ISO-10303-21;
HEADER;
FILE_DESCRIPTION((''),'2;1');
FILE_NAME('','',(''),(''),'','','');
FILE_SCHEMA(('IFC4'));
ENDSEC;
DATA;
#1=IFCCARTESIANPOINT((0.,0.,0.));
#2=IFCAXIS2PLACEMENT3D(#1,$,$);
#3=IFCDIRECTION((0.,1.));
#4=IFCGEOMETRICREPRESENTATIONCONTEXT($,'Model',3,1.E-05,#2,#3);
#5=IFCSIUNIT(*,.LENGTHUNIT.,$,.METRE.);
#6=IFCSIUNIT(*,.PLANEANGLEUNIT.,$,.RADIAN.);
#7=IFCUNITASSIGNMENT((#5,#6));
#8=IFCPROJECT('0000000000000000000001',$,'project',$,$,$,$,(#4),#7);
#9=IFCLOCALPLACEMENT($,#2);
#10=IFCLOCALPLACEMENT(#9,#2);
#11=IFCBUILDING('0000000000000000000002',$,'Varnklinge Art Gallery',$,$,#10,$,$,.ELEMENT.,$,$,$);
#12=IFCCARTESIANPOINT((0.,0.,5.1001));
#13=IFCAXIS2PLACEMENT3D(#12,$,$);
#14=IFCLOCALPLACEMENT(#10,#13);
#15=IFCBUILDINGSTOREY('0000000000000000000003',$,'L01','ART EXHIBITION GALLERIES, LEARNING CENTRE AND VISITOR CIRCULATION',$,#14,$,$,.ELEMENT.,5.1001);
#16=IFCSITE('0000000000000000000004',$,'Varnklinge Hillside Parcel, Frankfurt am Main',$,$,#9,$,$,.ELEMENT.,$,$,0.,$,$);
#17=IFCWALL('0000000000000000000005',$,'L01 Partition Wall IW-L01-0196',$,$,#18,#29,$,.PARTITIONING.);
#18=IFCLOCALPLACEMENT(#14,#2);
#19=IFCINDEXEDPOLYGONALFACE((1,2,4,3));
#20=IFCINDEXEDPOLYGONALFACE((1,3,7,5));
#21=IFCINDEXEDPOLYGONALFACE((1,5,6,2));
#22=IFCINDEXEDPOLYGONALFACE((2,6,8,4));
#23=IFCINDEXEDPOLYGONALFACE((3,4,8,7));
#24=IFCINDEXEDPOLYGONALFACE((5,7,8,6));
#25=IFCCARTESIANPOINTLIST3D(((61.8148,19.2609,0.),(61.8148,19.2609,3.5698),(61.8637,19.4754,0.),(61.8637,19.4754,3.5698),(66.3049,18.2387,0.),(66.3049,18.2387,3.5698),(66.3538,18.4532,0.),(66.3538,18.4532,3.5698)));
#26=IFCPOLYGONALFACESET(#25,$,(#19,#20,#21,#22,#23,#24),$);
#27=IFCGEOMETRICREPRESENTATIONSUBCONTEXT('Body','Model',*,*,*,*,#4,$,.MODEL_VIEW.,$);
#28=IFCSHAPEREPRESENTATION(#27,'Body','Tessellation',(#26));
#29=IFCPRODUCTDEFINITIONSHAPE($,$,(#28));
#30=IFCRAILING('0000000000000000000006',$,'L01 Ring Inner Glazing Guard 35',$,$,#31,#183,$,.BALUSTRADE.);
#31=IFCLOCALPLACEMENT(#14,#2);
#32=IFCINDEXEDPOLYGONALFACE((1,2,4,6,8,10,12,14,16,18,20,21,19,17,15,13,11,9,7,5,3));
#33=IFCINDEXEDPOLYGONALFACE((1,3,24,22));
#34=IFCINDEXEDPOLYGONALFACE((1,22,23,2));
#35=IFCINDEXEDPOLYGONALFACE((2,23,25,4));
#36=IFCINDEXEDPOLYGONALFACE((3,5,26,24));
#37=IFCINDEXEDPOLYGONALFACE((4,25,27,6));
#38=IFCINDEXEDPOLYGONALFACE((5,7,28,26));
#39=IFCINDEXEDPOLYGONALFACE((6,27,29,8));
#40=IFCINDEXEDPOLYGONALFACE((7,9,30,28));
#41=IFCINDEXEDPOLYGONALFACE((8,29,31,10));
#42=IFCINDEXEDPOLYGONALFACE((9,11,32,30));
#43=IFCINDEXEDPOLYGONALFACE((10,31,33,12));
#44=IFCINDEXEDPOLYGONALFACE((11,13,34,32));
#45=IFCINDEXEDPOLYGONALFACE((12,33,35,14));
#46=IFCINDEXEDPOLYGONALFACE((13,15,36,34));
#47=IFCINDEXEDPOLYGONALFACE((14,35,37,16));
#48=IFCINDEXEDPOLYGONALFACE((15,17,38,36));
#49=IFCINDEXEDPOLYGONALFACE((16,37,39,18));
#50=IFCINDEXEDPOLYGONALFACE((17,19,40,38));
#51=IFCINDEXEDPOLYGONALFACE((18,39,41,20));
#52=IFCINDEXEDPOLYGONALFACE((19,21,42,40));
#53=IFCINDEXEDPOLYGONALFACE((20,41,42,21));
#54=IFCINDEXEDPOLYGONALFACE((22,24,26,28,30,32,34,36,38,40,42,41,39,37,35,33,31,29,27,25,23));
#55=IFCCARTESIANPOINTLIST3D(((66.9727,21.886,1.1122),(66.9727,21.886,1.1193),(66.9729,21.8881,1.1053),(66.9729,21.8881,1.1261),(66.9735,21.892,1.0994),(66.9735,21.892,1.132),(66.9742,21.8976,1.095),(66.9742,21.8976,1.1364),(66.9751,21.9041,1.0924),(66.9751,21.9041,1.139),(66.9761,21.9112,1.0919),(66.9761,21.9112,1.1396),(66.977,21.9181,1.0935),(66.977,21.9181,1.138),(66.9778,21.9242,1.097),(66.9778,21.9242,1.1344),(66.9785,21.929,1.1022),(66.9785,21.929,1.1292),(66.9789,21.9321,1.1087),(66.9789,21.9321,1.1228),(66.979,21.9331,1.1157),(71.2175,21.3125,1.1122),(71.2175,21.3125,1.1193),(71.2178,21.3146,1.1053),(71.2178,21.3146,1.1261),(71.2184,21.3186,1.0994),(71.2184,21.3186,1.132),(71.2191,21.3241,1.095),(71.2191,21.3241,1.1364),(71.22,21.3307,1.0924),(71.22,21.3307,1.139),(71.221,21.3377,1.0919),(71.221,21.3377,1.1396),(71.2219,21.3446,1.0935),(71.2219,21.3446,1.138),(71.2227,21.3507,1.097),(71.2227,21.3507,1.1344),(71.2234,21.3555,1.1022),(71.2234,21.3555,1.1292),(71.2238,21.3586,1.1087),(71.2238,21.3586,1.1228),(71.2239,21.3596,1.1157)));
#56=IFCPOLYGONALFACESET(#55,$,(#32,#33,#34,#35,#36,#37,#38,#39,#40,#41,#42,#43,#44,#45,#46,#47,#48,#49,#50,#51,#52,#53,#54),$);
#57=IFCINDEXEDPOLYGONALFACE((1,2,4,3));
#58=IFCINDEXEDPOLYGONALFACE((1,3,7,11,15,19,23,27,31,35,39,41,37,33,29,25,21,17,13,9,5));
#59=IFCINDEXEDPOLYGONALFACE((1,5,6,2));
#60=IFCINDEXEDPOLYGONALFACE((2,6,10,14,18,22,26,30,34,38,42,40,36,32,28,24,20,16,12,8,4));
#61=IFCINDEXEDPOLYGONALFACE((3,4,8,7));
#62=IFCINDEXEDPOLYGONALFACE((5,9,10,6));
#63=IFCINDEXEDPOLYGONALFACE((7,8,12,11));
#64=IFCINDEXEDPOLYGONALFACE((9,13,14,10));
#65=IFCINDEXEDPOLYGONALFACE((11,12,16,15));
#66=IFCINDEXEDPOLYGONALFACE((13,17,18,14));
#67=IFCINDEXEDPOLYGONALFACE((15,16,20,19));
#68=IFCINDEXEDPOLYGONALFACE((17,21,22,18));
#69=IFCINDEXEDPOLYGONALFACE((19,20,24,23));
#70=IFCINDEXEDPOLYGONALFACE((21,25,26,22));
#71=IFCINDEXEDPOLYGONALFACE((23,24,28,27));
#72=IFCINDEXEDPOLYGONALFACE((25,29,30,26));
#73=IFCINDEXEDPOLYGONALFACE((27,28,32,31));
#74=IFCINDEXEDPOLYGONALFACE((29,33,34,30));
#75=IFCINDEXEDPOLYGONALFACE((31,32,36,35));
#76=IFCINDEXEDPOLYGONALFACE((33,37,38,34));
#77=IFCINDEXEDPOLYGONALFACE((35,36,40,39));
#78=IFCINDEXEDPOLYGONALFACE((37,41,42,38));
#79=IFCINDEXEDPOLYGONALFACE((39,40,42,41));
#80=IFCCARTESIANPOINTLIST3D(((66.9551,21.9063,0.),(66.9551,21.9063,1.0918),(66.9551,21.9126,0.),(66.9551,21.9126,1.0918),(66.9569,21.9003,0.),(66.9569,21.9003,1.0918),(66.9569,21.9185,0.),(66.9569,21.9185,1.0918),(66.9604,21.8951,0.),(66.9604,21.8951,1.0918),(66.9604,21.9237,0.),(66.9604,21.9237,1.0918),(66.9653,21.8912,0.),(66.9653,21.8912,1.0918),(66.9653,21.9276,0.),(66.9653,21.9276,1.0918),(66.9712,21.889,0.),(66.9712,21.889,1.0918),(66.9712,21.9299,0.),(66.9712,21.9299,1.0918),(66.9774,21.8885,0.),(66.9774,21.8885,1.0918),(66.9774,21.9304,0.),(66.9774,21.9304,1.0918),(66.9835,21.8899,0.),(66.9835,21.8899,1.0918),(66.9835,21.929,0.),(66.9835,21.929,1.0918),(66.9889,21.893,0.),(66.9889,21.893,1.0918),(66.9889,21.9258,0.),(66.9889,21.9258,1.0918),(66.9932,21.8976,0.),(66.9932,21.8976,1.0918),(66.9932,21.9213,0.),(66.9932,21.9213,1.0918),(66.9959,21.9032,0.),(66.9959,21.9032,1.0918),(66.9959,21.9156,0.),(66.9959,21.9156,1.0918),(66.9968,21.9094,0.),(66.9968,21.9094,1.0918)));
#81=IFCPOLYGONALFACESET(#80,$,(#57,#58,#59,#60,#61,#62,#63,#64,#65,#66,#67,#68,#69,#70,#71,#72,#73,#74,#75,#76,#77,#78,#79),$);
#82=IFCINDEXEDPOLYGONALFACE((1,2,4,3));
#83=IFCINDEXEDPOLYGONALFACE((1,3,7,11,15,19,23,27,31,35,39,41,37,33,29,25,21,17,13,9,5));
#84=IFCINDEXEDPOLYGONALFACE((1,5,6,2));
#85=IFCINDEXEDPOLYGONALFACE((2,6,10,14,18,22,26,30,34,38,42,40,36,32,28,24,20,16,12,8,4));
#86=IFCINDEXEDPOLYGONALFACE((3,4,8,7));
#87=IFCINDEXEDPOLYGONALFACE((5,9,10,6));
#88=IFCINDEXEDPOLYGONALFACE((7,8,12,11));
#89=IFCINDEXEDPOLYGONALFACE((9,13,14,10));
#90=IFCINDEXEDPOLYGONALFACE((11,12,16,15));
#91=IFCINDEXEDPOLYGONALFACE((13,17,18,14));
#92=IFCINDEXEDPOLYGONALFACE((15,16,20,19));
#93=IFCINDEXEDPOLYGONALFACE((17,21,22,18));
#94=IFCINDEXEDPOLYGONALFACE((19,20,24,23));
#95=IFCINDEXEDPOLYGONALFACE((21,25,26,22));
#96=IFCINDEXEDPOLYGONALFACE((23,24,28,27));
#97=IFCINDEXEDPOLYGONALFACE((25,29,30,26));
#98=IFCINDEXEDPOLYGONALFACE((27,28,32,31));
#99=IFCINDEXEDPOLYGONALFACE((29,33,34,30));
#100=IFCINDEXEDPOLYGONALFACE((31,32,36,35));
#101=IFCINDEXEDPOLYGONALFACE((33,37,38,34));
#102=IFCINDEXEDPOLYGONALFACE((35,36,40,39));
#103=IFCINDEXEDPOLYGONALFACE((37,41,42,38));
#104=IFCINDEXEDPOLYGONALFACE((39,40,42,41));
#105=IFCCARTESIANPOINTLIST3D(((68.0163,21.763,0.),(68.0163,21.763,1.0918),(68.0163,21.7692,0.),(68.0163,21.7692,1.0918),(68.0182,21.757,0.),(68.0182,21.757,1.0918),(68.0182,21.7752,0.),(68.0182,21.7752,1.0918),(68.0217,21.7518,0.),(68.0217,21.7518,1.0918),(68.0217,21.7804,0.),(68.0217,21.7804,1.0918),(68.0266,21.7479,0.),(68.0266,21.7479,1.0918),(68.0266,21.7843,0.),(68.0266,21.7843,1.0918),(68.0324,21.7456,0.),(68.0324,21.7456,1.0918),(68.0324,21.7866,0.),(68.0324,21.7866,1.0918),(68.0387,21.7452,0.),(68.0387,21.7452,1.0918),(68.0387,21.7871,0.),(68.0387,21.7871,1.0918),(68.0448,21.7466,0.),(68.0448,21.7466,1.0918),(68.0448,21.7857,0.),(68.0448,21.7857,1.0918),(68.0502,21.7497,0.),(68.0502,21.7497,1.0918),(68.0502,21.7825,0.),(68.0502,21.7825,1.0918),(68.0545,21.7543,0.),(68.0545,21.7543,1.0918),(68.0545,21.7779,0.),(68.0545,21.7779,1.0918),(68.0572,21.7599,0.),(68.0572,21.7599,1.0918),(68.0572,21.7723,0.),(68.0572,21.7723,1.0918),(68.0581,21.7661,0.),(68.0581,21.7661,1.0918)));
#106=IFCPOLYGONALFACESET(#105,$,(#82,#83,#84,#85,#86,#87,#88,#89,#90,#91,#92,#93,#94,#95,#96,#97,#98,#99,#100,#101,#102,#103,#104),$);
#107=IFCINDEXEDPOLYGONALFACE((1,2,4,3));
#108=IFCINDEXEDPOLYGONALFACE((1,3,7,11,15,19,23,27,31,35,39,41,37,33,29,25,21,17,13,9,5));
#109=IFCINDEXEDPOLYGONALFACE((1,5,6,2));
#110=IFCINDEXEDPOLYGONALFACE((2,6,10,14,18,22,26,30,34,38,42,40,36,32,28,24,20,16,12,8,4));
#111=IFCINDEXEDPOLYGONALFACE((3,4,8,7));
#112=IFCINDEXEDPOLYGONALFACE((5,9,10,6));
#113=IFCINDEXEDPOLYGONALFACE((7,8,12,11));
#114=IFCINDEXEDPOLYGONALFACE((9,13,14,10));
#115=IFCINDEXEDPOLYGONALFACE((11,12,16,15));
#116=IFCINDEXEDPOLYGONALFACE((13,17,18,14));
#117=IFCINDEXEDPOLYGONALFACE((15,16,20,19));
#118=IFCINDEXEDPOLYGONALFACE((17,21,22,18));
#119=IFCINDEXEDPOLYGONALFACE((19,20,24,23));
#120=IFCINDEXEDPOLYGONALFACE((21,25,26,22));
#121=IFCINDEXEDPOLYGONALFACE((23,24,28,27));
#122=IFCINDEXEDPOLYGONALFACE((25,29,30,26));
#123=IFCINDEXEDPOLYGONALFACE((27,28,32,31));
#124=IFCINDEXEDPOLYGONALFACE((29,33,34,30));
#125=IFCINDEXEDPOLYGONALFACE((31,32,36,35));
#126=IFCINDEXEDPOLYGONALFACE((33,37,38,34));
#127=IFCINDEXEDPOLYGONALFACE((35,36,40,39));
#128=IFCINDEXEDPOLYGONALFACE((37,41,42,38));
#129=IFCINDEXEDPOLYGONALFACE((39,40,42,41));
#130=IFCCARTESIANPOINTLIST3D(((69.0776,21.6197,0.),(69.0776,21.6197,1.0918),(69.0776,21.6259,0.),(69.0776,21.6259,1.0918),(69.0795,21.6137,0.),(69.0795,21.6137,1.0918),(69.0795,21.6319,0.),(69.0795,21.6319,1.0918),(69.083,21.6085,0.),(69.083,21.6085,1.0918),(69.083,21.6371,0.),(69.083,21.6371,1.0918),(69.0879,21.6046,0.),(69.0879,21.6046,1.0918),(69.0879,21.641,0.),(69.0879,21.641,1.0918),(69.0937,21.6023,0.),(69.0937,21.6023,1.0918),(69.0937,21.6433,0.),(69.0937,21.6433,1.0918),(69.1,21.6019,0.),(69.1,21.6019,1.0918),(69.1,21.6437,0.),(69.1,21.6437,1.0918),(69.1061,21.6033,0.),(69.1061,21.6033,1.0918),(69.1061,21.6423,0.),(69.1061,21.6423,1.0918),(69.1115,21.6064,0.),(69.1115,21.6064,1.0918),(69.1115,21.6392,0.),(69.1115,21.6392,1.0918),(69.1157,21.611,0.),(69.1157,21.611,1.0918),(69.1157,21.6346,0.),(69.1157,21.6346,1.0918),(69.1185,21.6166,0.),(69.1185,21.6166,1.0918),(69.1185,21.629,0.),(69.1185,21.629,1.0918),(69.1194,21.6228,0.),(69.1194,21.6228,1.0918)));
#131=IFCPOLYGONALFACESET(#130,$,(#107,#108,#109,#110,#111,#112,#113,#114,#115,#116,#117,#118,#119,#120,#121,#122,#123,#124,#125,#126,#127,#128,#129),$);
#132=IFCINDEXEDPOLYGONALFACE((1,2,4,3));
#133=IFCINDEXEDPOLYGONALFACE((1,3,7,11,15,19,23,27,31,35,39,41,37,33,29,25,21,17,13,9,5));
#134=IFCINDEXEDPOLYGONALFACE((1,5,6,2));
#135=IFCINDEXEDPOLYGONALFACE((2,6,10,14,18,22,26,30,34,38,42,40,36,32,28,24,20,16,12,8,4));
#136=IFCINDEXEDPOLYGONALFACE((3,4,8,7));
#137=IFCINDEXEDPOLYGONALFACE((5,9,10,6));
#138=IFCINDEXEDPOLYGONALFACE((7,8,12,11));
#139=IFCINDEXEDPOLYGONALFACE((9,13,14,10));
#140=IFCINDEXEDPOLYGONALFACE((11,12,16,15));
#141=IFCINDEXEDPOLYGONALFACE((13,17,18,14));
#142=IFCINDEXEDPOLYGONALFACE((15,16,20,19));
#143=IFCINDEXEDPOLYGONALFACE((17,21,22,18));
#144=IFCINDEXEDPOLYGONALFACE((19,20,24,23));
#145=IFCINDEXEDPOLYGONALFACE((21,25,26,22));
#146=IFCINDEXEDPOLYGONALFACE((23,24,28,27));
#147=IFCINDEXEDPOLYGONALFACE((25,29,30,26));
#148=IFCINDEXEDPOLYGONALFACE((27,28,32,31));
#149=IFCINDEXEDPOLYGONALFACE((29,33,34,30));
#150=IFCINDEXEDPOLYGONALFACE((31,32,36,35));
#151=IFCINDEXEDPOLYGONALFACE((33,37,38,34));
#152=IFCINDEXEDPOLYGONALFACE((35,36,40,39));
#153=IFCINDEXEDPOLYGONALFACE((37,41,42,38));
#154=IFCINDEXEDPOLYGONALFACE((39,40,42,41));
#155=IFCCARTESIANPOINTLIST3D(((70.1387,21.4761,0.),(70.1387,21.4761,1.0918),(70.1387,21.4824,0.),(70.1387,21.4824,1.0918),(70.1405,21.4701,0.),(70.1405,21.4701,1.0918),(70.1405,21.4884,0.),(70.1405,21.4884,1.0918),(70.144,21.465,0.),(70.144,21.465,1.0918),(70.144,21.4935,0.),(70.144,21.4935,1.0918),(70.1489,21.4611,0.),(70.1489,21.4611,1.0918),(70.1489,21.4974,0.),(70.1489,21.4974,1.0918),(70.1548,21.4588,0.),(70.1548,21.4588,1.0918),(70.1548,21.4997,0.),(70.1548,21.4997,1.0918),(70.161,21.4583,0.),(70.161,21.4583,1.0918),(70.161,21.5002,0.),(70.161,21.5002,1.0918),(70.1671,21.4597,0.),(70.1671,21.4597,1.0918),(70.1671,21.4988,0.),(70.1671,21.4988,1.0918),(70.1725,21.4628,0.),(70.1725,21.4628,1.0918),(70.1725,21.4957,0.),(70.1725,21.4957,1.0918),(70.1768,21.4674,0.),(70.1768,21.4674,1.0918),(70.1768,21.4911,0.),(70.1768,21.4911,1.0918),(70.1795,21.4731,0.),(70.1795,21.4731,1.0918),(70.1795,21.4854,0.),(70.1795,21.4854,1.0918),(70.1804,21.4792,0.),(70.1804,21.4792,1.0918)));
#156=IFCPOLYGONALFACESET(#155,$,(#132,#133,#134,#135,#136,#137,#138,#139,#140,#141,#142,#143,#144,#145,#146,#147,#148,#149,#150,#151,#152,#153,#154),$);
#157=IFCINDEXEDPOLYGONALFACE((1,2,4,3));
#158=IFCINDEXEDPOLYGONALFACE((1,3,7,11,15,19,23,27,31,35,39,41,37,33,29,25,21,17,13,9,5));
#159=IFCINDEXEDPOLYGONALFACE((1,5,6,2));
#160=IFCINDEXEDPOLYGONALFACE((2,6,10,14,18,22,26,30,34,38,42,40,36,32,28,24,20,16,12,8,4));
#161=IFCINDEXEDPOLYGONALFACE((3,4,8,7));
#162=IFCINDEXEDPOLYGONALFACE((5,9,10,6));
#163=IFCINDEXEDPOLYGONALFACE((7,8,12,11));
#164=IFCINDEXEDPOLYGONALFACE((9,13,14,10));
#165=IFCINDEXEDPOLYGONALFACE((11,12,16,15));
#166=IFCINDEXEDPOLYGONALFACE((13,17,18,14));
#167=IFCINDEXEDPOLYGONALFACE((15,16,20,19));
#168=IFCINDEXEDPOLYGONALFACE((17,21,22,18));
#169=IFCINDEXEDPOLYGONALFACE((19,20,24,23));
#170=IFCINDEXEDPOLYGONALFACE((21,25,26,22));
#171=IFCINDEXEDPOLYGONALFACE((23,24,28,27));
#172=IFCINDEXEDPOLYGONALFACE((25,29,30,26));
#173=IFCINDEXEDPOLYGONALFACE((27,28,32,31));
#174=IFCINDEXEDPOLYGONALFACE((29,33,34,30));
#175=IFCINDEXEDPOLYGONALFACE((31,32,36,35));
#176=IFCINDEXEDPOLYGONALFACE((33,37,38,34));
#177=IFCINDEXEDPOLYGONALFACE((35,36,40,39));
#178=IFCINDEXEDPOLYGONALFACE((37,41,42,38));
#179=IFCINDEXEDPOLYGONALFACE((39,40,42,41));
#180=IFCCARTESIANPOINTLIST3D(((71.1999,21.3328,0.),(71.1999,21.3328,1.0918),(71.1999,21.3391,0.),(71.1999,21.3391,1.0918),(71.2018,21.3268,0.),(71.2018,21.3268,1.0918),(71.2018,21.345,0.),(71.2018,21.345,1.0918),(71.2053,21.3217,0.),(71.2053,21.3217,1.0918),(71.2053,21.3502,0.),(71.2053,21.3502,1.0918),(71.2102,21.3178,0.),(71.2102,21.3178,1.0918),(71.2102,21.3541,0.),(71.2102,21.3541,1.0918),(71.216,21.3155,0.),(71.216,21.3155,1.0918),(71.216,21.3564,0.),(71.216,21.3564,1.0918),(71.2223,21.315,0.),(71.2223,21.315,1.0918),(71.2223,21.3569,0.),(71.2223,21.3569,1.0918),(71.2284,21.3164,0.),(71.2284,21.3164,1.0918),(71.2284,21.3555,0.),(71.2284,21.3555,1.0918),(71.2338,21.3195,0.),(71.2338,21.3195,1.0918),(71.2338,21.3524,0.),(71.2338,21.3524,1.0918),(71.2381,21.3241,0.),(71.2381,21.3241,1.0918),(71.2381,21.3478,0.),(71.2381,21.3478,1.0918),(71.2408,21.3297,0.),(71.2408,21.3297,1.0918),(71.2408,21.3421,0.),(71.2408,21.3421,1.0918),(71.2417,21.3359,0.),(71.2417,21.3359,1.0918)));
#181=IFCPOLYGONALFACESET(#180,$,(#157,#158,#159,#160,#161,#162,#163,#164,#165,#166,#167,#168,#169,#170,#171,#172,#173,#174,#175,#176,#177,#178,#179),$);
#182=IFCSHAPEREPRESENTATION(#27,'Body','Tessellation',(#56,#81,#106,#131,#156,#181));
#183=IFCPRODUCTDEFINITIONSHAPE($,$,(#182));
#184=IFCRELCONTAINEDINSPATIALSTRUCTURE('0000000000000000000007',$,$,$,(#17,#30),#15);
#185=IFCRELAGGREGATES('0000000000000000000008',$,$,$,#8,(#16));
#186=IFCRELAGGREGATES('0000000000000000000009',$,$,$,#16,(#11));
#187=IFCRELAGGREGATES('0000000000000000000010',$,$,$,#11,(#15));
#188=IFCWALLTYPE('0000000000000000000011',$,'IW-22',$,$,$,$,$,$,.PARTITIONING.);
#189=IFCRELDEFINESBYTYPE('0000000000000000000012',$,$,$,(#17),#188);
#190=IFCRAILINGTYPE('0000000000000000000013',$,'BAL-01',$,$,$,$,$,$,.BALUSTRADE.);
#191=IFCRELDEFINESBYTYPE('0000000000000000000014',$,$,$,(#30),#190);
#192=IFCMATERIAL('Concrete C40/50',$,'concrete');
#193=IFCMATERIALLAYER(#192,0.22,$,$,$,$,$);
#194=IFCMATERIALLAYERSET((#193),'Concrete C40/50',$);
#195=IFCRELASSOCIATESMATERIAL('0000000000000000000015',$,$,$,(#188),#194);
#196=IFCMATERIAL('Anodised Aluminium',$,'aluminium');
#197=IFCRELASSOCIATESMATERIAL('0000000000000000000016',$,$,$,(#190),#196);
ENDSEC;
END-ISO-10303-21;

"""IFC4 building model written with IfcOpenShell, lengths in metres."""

from ifc_helpers import new_model, si_unit, direction, frame, frame_2d, origin, origin_2d, place, context, subcontext, project, spatial, rectangle, circle, extrude, material, layer, layer_set, type_object, element, save


model = new_model("IFC4")

# Units and contexts
model_context = context("Model", 3, precision=1e-05, world=origin(), true_north=direction((0.0, 1.0)))
body_context = subcontext(model_context, "Body", "Model", "MODEL_VIEW")
ifc_project = project(units=[si_unit("LENGTHUNIT", "METRE"), si_unit("PLANEANGLEUNIT", "RADIAN")], contexts=[model_context])

# Site, building, storey
site_placement = place(None, origin())
site = spatial("IfcSite", under=ifc_project, at=site_placement, Name="Varnklinge Hillside Parcel, Frankfurt am Main", CompositionType="ELEMENT", RefElevation=0.0)
building_placement = place(site_placement, origin())
building = spatial("IfcBuilding", under=site, at=building_placement, Name="Varnklinge Art Gallery", CompositionType="ELEMENT")
storey_placement = place(building_placement, frame((0.0, 0.0, 5.1001)))
storey = spatial("IfcBuildingStorey", under=building, at=storey_placement, Name="L01", Description="ART EXHIBITION GALLERIES, LEARNING CENTRE AND VISITOR CIRCULATION", CompositionType="ELEMENT", Elevation=5.1001)

# Wall
ifc_material_1 = material(Name="Concrete C40/50", Category="concrete")
ifc_layer_1 = layer(ifc_material_1, 0.22)
ifc_layer_set_1 = layer_set([ifc_layer_1], Name="Concrete C40/50")
wall_type = type_object("IfcWallType", Name="IW-22", PredefinedType="PARTITIONING", material=ifc_layer_set_1)
wall_placement = place(storey_placement, frame((66.3293, 18.3459, 0.0), z_axis=(0.0, 0.0, 1.0), x_axis=(-0.97505, 0.221985, 0.0)))
element("IfcWall", 1, at=wall_placement, inside=storey, type_object=wall_type, Name="L01 Partition Wall IW-L01-0196", PredefinedType="PARTITIONING", context=body_context, shape_type="SweptSolid", body=[
    extrude(rectangle(XDim=4.605, YDim=0.22, at=frame_2d((2.3025, 0.0))), origin(), (0.0, 0.0, 1.0), 3.5698),
])

# Railing
ifc_material_2 = material(Name="Anodised Aluminium", Category="aluminium")
railing_type = type_object("IfcRailingType", Name="BAL-01", PredefinedType="BALUSTRADE", material=ifc_material_2)
railing_1_placement = place(storey_placement, frame((66.9758, 21.9094, 0.0)))
element("IfcRailing", 2, at=railing_1_placement, inside=storey, type_object=railing_type, Name="L01 Ring Inner Glazing Guard 35", PredefinedType="BALUSTRADE", context=body_context, shape_type="SweptSolid", body=[
    extrude(circle(Radius=0.0239, at=origin_2d()), frame((0.0, 0.0, 1.1157), z_axis=(0.990997, -0.133885, 0.0), x_axis=(0.133885, 0.990997, 0.0)), (0.0, 0.0, 1.0), 4.2834),
    extrude(circle(Radius=0.021, at=origin_2d()), origin(), (0.0, 0.0, 1.0), 1.0918),
    extrude(circle(Radius=0.021, at=origin_2d()), frame((1.0613, -0.1433, 0.0)), (0.0, 0.0, 1.0), 1.0918),
    extrude(circle(Radius=0.021, at=origin_2d()), frame((2.1226, -0.2866, 0.0)), (0.0, 0.0, 1.0), 1.0918),
    extrude(circle(Radius=0.021, at=origin_2d()), frame((3.1836, -0.4302, 0.0)), (0.0, 0.0, 1.0), 1.0918),
    extrude(circle(Radius=0.021, at=origin_2d()), frame((4.2449, -0.5735, 0.0)), (0.0, 0.0, 1.0), 1.0918),
])

save(model, "model.ifc")
